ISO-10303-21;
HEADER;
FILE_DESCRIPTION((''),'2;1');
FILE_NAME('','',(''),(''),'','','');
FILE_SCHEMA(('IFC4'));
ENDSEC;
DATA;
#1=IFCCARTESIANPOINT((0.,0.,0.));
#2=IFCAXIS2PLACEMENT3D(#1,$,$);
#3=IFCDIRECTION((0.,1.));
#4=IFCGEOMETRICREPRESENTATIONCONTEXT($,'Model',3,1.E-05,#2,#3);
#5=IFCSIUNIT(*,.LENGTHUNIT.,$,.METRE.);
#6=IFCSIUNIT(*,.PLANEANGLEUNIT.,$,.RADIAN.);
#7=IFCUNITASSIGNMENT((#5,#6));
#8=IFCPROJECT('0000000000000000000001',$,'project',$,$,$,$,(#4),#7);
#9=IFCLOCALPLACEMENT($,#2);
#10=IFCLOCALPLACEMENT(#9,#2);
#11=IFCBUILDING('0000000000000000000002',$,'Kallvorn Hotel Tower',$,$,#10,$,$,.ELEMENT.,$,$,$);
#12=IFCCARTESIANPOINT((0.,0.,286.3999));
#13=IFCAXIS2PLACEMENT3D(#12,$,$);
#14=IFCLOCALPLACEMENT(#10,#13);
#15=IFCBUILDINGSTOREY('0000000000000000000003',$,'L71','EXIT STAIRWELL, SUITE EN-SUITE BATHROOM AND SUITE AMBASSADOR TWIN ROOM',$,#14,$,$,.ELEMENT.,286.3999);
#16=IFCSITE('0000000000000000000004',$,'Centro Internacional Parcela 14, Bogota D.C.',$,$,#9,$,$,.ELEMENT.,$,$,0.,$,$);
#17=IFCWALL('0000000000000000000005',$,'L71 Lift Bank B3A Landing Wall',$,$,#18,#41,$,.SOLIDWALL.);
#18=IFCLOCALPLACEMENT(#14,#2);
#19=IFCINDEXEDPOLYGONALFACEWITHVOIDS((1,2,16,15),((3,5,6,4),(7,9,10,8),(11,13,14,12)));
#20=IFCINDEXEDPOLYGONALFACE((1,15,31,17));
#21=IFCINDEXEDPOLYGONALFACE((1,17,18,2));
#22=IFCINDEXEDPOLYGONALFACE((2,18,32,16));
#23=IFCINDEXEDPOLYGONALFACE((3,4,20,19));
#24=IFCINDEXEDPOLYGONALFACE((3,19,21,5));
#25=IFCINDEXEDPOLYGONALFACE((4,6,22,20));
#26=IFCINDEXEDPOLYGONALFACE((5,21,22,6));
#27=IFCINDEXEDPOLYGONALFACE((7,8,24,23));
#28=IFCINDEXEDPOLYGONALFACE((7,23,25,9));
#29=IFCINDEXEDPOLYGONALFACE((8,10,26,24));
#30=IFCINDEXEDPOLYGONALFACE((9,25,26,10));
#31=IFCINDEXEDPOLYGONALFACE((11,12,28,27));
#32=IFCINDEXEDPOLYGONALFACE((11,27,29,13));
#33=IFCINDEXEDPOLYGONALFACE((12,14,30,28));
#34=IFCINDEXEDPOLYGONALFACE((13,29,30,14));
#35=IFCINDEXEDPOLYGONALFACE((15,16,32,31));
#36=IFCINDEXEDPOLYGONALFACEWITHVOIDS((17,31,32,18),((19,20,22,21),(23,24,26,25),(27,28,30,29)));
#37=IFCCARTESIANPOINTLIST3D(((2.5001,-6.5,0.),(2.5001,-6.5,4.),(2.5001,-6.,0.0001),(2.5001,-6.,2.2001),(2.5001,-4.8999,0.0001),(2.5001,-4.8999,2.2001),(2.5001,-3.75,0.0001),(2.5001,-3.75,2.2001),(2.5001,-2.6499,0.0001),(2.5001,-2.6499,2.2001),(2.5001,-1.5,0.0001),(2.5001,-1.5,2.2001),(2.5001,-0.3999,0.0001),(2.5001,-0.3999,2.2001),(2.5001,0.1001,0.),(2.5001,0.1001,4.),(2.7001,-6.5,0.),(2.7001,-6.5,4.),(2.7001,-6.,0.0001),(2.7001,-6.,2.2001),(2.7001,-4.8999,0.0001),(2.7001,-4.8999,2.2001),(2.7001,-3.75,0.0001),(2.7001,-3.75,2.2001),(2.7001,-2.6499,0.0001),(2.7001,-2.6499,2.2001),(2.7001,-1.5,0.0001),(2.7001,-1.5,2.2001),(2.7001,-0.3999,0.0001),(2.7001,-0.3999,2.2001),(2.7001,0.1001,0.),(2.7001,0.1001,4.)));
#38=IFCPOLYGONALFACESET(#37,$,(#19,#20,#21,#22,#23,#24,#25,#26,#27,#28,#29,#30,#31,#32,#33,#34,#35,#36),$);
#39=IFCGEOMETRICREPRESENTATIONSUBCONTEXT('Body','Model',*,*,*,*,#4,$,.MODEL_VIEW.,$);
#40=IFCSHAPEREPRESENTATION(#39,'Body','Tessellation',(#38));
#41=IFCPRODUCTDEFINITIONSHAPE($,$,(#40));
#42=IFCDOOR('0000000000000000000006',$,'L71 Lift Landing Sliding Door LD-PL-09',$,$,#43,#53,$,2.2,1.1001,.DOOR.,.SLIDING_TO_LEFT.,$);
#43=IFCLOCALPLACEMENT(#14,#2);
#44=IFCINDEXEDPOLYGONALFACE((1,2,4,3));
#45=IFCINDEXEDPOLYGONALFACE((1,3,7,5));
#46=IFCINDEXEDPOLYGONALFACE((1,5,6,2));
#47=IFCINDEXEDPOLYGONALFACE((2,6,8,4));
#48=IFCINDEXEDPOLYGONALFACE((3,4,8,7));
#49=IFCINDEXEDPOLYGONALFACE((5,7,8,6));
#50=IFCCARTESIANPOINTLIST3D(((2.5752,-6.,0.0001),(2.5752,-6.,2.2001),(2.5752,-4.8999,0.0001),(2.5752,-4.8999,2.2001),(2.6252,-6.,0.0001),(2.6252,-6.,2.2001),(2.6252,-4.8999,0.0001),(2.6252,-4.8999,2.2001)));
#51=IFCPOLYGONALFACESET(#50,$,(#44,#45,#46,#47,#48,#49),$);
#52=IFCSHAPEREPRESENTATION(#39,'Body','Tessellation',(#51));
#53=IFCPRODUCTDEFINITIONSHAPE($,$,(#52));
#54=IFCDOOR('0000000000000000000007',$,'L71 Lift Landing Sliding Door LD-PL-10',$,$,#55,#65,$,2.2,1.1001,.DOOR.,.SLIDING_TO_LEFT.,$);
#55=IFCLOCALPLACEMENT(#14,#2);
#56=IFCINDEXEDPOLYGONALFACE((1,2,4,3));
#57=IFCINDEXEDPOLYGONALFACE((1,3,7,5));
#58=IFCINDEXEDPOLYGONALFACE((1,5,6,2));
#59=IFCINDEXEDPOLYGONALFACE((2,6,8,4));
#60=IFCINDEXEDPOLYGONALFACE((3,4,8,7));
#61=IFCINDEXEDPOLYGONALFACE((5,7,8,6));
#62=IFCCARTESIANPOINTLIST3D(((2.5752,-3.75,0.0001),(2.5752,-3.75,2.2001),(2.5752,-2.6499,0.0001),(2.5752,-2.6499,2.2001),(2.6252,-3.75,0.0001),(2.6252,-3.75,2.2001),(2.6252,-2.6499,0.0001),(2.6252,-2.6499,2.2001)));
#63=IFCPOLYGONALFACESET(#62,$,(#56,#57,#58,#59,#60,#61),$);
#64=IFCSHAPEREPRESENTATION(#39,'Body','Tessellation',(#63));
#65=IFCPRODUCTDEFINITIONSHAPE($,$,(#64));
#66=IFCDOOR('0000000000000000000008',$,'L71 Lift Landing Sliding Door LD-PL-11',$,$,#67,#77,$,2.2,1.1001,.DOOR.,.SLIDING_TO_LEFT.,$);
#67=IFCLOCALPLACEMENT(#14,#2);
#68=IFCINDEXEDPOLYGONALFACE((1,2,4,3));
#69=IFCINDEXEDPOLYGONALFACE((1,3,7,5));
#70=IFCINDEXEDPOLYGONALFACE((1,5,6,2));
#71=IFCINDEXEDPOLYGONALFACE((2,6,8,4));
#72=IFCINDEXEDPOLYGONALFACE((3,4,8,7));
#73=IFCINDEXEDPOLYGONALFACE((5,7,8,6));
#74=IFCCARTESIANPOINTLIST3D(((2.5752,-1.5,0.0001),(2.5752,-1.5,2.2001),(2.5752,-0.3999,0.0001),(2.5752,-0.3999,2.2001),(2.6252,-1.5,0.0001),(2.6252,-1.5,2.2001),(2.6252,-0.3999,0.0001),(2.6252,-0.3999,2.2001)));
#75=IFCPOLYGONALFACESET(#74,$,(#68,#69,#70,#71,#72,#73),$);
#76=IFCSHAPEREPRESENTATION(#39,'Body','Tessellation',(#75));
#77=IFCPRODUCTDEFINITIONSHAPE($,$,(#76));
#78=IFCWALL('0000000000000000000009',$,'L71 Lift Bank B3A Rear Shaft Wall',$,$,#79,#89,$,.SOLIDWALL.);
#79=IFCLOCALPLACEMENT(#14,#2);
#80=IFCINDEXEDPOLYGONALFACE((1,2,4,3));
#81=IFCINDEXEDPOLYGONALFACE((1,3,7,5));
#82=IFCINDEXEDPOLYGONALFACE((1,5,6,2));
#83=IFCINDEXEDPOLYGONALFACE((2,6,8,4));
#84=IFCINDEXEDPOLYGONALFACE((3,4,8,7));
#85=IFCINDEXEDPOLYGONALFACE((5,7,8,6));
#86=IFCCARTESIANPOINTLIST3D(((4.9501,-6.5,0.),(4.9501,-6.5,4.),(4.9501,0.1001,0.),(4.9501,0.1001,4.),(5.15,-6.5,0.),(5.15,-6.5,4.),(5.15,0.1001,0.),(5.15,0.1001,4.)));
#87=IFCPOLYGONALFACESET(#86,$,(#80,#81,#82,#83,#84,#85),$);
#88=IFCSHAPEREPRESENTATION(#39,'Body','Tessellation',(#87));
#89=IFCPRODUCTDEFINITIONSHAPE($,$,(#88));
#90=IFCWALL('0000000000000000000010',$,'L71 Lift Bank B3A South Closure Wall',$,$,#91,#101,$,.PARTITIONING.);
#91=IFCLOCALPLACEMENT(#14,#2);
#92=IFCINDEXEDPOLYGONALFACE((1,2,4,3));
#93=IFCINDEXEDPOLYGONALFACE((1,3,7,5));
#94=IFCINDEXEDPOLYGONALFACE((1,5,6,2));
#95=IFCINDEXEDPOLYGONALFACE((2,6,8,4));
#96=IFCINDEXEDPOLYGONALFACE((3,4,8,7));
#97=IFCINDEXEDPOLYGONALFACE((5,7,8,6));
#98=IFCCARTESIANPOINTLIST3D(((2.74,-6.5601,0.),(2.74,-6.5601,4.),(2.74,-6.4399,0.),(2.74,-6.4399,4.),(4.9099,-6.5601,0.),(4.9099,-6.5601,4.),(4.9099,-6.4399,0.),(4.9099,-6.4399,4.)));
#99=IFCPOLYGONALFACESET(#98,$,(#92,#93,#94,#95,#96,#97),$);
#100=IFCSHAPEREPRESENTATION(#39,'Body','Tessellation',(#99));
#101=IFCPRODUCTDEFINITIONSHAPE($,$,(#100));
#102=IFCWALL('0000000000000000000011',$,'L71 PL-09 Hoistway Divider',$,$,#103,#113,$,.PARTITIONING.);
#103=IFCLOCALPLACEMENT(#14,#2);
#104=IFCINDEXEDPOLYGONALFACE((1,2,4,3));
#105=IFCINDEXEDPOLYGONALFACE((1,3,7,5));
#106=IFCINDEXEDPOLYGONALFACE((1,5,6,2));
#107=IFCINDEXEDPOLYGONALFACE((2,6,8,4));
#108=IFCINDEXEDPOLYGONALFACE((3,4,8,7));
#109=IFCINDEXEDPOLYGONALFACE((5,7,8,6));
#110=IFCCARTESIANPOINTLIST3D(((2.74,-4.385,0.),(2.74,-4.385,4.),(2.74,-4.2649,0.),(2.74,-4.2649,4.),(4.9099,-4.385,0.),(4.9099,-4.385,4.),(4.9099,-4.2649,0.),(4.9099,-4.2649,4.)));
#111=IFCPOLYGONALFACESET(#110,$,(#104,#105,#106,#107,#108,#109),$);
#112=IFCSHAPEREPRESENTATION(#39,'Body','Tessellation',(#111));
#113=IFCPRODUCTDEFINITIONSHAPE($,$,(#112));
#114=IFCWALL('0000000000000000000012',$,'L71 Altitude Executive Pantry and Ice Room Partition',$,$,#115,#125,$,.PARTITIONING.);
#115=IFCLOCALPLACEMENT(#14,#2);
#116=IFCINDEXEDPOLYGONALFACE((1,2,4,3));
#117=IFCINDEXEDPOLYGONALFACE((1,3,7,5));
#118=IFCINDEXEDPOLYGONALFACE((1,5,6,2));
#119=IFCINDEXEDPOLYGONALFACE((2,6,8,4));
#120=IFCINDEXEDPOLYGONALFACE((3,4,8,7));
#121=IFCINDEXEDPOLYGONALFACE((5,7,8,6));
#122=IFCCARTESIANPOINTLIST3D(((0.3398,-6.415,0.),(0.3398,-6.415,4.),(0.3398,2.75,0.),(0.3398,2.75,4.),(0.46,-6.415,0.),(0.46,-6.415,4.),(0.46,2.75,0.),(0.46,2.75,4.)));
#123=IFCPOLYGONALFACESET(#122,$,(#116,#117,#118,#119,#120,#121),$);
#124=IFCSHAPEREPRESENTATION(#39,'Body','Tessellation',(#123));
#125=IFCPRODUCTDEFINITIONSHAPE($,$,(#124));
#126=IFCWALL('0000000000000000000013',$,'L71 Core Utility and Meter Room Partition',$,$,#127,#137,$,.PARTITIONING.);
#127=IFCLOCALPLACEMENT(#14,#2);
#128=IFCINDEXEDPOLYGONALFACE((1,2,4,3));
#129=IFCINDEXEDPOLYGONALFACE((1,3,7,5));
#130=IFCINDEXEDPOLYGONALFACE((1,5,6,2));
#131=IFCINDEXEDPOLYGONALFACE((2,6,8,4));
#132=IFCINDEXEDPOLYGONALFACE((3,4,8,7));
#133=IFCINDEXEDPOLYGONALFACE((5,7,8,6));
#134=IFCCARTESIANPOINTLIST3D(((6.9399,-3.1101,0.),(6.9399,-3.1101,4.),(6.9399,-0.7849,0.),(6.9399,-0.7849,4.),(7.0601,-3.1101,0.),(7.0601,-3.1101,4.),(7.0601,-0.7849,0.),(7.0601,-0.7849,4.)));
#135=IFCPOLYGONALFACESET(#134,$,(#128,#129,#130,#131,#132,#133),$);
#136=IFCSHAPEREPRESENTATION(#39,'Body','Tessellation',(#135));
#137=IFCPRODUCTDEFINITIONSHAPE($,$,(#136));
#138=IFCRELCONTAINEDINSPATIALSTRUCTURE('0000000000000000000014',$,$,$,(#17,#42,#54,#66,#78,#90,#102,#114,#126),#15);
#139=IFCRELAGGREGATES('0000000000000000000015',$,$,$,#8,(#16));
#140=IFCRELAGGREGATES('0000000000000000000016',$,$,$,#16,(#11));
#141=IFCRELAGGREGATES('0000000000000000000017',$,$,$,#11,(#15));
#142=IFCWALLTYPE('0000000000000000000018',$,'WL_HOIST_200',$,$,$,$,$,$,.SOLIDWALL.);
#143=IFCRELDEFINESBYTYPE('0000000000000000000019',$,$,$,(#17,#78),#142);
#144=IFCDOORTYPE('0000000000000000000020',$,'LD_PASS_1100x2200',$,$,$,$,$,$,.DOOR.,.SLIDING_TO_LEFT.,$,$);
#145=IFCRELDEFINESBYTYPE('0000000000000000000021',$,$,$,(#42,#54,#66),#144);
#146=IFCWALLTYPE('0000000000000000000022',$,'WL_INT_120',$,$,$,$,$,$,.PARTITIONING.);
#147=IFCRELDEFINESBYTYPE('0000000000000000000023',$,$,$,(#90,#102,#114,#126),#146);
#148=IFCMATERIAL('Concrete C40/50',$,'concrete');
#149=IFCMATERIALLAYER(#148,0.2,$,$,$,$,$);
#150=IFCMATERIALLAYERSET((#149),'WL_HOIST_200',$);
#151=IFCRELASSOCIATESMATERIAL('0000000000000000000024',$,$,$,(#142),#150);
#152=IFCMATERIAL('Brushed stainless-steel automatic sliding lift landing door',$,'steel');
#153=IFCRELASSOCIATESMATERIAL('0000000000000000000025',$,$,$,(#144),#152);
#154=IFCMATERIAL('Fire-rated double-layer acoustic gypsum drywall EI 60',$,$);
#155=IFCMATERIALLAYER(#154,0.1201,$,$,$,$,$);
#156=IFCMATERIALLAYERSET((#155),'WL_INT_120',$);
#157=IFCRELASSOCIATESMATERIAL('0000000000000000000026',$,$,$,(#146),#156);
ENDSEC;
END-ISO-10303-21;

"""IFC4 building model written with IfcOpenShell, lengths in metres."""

from ifc_helpers import new_model, si_unit, direction, frame, frame_2d, origin, place, context, subcontext, project, spatial, rectangle, extrude, material, layer, layer_set, type_object, element, fill, save


model = new_model("IFC4")

# Units and contexts
model_context = context("Model", 3, precision=1e-05, world=origin(), true_north=direction((0.0, 1.0)))
body_context = subcontext(model_context, "Body", "Model", "MODEL_VIEW")
ifc_project = project(units=[si_unit("LENGTHUNIT", "METRE"), si_unit("PLANEANGLEUNIT", "RADIAN")], contexts=[model_context])

# Site, building, storey
site_placement = place(None, origin())
site = spatial("IfcSite", under=ifc_project, at=site_placement, Name="Centro Internacional Parcela 14, Bogota D.C.", CompositionType="ELEMENT", RefElevation=0.0)
building_placement = place(site_placement, origin())
building = spatial("IfcBuilding", under=site, at=building_placement, Name="Kallvorn Hotel Tower", CompositionType="ELEMENT")
storey_placement = place(building_placement, frame((0.0, 0.0, 286.3999)))
storey = spatial("IfcBuildingStorey", under=building, at=storey_placement, Name="L71", Description="EXIT STAIRWELL, SUITE EN-SUITE BATHROOM AND SUITE AMBASSADOR TWIN ROOM", CompositionType="ELEMENT", Elevation=286.3999)

# Shared definitions
ifc_material_1 = material(Name="Concrete C40/50", Category="concrete")
ifc_layer_1 = layer(ifc_material_1, 0.2)
ifc_layer_set_1 = layer_set([ifc_layer_1], Name="WL_HOIST_200")
wall_type_1 = type_object("IfcWallType", Name="WL_HOIST_200", PredefinedType="SOLIDWALL", material=ifc_layer_set_1)

# Wall, openings, doors
wall_1_placement = place(storey_placement, frame((2.6001, -6.5, 0.0), z_axis=(0.0, 0.0, 1.0), x_axis=(0.0, 1.0, 0.0)))
wall_1 = element("IfcWall", 1, at=wall_1_placement, inside=storey, type_object=wall_type_1, Name="L71 Lift Bank B3A Landing Wall", PredefinedType="SOLIDWALL", context=body_context, shape_type="SweptSolid", body=[
    extrude(rectangle(XDim=6.6001, YDim=0.2, at=frame_2d((3.3, 0.0))), origin(), (0.0, 0.0, 1.0), 4.0),
])
opening_1_placement = place(wall_1_placement, frame((0.5, 0.0, 0.0)))
opening_1 = element("IfcOpeningElement", 2, at=opening_1_placement, cuts=wall_1, PredefinedType="OPENING", context=body_context, shape_type="SweptSolid", body=[
    extrude(rectangle(XDim=1.1001, YDim=2.2, at=frame_2d((0.55, 1.1001))), frame((0.0, 0.115, 0.0), z_axis=(0.0, -1.0, 0.0), x_axis=(1.0, 0.0, 0.0)), (0.0, 0.0, 1.0), 0.23),
])
opening_2_placement = place(wall_1_placement, frame((2.75, 0.0, 0.0)))
opening_2 = element("IfcOpeningElement", 3, at=opening_2_placement, cuts=wall_1, PredefinedType="OPENING", context=body_context, shape_type="SweptSolid", body=[
    extrude(rectangle(XDim=1.1001, YDim=2.2, at=frame_2d((0.55, 1.1001))), frame((0.0, 0.115, 0.0), z_axis=(0.0, -1.0, 0.0), x_axis=(1.0, 0.0, 0.0)), (0.0, 0.0, 1.0), 0.23),
])
opening_3_placement = place(wall_1_placement, frame((5.0, 0.0, 0.0)))
opening_3 = element("IfcOpeningElement", 4, at=opening_3_placement, cuts=wall_1, PredefinedType="OPENING", context=body_context, shape_type="SweptSolid", body=[
    extrude(rectangle(XDim=1.1001, YDim=2.2, at=frame_2d((0.55, 1.1001))), frame((0.0, 0.115, 0.0), z_axis=(0.0, -1.0, 0.0), x_axis=(1.0, 0.0, 0.0)), (0.0, 0.0, 1.0), 0.23),
])
ifc_material_2 = material(Name="Brushed stainless-steel automatic sliding lift landing door", Category="steel")
door_type_1 = type_object("IfcDoorType", Name="LD_PASS_1100x2200", OperationType="SLIDING_TO_LEFT", PredefinedType="DOOR", material=ifc_material_2)
door_1_placement = place(opening_1_placement, origin())
door_1 = element("IfcDoor", 5, at=door_1_placement, inside=storey, type_object=door_type_1, Name="L71 Lift Landing Sliding Door LD-PL-09", OperationType="SLIDING_TO_LEFT", OverallHeight=2.2, OverallWidth=1.1001, PredefinedType="DOOR", context=body_context, shape_type="SweptSolid", body=[
    extrude(rectangle(XDim=1.1001, YDim=2.2, at=frame_2d((0.55, 1.1001))), frame((0.0, 0.0249, 0.0), z_axis=(0.0, -1.0, 0.0), x_axis=(1.0, 0.0, 0.0)), (0.0, 0.0, 1.0), 0.05),
])
fill(opening_1, door_1)
door_2_placement = place(opening_2_placement, origin())
door_2 = element("IfcDoor", 6, at=door_2_placement, inside=storey, type_object=door_type_1, Name="L71 Lift Landing Sliding Door LD-PL-10", OperationType="SLIDING_TO_LEFT", OverallHeight=2.2, OverallWidth=1.1001, PredefinedType="DOOR", context=body_context, shape_type="SweptSolid", body=[
    extrude(rectangle(XDim=1.1001, YDim=2.2, at=frame_2d((0.55, 1.1001))), frame((0.0, 0.0249, 0.0), z_axis=(0.0, -1.0, 0.0), x_axis=(1.0, 0.0, 0.0)), (0.0, 0.0, 1.0), 0.05),
])
fill(opening_2, door_2)
door_3_placement = place(opening_3_placement, origin())
door_3 = element("IfcDoor", 7, at=door_3_placement, inside=storey, type_object=door_type_1, Name="L71 Lift Landing Sliding Door LD-PL-11", OperationType="SLIDING_TO_LEFT", OverallHeight=2.2, OverallWidth=1.1001, PredefinedType="DOOR", context=body_context, shape_type="SweptSolid", body=[
    extrude(rectangle(XDim=1.1001, YDim=2.2, at=frame_2d((0.55, 1.1001))), frame((0.0, 0.0249, 0.0), z_axis=(0.0, -1.0, 0.0), x_axis=(1.0, 0.0, 0.0)), (0.0, 0.0, 1.0), 0.05),
])
fill(opening_3, door_3)

# Walls
wall_2_placement = place(storey_placement, frame((5.05, -6.5, 0.0), z_axis=(0.0, 0.0, 1.0), x_axis=(0.0, 1.0, 0.0)))
element("IfcWall", 8, at=wall_2_placement, inside=storey, type_object=wall_type_1, Name="L71 Lift Bank B3A Rear Shaft Wall", PredefinedType="SOLIDWALL", context=body_context, shape_type="SweptSolid", body=[
    extrude(rectangle(XDim=6.6001, YDim=0.2, at=frame_2d((3.3, 0.0))), origin(), (0.0, 0.0, 1.0), 4.0),
])
ifc_material_3 = material(Name="Fire-rated double-layer acoustic gypsum drywall EI 60")
ifc_layer_2 = layer(ifc_material_3, 0.1201)
ifc_layer_set_2 = layer_set([ifc_layer_2], Name="WL_INT_120")
wall_type_2 = type_object("IfcWallType", Name="WL_INT_120", PredefinedType="PARTITIONING", material=ifc_layer_set_2)
for number, where, z_axis, x_axis, name in (
    (9, (2.74, -6.5, 0.0), (0.0, 0.0, 1.0), (1.0, 0.0, 0.0), "L71 Lift Bank B3A South Closure Wall"),
    (10, (2.74, -4.325, 0.0), (0.0, 0.0, 1.0), (1.0, 0.0, 0.0), "L71 PL-09 Hoistway Divider"),
):
    element("IfcWall", number, at=place(storey_placement, frame(where, z_axis=z_axis, x_axis=x_axis)), inside=storey, type_object=wall_type_2, Name=name, PredefinedType="PARTITIONING", context=body_context, shape_type="SweptSolid", body=[
        extrude(rectangle(XDim=2.1699, YDim=0.1201, at=frame_2d((1.085, 0.0))), origin(), (0.0, 0.0, 1.0), 4.0),
    ])
wall_3_placement = place(storey_placement, frame((0.3999, -6.415, 0.0), z_axis=(0.0, 0.0, 1.0), x_axis=(0.0, 1.0, 0.0)))
element("IfcWall", 11, at=wall_3_placement, inside=storey, type_object=wall_type_2, Name="L71 Altitude Executive Pantry and Ice Room Partition", PredefinedType="PARTITIONING", context=body_context, shape_type="SweptSolid", body=[
    extrude(rectangle(XDim=9.165, YDim=0.1201, at=frame_2d((4.5825, 0.0))), origin(), (0.0, 0.0, 1.0), 4.0),
])
wall_4_placement = place(storey_placement, frame((7.0, -3.1101, 0.0), z_axis=(0.0, 0.0, 1.0), x_axis=(0.0, 1.0, 0.0)))
element("IfcWall", 12, at=wall_4_placement, inside=storey, type_object=wall_type_2, Name="L71 Core Utility and Meter Room Partition", PredefinedType="PARTITIONING", context=body_context, shape_type="SweptSolid", body=[
    extrude(rectangle(XDim=2.3252, YDim=0.1201, at=frame_2d((1.1626, 0.0))), origin(), (0.0, 0.0, 1.0), 4.0),
])

save(model, "model.ifc")
